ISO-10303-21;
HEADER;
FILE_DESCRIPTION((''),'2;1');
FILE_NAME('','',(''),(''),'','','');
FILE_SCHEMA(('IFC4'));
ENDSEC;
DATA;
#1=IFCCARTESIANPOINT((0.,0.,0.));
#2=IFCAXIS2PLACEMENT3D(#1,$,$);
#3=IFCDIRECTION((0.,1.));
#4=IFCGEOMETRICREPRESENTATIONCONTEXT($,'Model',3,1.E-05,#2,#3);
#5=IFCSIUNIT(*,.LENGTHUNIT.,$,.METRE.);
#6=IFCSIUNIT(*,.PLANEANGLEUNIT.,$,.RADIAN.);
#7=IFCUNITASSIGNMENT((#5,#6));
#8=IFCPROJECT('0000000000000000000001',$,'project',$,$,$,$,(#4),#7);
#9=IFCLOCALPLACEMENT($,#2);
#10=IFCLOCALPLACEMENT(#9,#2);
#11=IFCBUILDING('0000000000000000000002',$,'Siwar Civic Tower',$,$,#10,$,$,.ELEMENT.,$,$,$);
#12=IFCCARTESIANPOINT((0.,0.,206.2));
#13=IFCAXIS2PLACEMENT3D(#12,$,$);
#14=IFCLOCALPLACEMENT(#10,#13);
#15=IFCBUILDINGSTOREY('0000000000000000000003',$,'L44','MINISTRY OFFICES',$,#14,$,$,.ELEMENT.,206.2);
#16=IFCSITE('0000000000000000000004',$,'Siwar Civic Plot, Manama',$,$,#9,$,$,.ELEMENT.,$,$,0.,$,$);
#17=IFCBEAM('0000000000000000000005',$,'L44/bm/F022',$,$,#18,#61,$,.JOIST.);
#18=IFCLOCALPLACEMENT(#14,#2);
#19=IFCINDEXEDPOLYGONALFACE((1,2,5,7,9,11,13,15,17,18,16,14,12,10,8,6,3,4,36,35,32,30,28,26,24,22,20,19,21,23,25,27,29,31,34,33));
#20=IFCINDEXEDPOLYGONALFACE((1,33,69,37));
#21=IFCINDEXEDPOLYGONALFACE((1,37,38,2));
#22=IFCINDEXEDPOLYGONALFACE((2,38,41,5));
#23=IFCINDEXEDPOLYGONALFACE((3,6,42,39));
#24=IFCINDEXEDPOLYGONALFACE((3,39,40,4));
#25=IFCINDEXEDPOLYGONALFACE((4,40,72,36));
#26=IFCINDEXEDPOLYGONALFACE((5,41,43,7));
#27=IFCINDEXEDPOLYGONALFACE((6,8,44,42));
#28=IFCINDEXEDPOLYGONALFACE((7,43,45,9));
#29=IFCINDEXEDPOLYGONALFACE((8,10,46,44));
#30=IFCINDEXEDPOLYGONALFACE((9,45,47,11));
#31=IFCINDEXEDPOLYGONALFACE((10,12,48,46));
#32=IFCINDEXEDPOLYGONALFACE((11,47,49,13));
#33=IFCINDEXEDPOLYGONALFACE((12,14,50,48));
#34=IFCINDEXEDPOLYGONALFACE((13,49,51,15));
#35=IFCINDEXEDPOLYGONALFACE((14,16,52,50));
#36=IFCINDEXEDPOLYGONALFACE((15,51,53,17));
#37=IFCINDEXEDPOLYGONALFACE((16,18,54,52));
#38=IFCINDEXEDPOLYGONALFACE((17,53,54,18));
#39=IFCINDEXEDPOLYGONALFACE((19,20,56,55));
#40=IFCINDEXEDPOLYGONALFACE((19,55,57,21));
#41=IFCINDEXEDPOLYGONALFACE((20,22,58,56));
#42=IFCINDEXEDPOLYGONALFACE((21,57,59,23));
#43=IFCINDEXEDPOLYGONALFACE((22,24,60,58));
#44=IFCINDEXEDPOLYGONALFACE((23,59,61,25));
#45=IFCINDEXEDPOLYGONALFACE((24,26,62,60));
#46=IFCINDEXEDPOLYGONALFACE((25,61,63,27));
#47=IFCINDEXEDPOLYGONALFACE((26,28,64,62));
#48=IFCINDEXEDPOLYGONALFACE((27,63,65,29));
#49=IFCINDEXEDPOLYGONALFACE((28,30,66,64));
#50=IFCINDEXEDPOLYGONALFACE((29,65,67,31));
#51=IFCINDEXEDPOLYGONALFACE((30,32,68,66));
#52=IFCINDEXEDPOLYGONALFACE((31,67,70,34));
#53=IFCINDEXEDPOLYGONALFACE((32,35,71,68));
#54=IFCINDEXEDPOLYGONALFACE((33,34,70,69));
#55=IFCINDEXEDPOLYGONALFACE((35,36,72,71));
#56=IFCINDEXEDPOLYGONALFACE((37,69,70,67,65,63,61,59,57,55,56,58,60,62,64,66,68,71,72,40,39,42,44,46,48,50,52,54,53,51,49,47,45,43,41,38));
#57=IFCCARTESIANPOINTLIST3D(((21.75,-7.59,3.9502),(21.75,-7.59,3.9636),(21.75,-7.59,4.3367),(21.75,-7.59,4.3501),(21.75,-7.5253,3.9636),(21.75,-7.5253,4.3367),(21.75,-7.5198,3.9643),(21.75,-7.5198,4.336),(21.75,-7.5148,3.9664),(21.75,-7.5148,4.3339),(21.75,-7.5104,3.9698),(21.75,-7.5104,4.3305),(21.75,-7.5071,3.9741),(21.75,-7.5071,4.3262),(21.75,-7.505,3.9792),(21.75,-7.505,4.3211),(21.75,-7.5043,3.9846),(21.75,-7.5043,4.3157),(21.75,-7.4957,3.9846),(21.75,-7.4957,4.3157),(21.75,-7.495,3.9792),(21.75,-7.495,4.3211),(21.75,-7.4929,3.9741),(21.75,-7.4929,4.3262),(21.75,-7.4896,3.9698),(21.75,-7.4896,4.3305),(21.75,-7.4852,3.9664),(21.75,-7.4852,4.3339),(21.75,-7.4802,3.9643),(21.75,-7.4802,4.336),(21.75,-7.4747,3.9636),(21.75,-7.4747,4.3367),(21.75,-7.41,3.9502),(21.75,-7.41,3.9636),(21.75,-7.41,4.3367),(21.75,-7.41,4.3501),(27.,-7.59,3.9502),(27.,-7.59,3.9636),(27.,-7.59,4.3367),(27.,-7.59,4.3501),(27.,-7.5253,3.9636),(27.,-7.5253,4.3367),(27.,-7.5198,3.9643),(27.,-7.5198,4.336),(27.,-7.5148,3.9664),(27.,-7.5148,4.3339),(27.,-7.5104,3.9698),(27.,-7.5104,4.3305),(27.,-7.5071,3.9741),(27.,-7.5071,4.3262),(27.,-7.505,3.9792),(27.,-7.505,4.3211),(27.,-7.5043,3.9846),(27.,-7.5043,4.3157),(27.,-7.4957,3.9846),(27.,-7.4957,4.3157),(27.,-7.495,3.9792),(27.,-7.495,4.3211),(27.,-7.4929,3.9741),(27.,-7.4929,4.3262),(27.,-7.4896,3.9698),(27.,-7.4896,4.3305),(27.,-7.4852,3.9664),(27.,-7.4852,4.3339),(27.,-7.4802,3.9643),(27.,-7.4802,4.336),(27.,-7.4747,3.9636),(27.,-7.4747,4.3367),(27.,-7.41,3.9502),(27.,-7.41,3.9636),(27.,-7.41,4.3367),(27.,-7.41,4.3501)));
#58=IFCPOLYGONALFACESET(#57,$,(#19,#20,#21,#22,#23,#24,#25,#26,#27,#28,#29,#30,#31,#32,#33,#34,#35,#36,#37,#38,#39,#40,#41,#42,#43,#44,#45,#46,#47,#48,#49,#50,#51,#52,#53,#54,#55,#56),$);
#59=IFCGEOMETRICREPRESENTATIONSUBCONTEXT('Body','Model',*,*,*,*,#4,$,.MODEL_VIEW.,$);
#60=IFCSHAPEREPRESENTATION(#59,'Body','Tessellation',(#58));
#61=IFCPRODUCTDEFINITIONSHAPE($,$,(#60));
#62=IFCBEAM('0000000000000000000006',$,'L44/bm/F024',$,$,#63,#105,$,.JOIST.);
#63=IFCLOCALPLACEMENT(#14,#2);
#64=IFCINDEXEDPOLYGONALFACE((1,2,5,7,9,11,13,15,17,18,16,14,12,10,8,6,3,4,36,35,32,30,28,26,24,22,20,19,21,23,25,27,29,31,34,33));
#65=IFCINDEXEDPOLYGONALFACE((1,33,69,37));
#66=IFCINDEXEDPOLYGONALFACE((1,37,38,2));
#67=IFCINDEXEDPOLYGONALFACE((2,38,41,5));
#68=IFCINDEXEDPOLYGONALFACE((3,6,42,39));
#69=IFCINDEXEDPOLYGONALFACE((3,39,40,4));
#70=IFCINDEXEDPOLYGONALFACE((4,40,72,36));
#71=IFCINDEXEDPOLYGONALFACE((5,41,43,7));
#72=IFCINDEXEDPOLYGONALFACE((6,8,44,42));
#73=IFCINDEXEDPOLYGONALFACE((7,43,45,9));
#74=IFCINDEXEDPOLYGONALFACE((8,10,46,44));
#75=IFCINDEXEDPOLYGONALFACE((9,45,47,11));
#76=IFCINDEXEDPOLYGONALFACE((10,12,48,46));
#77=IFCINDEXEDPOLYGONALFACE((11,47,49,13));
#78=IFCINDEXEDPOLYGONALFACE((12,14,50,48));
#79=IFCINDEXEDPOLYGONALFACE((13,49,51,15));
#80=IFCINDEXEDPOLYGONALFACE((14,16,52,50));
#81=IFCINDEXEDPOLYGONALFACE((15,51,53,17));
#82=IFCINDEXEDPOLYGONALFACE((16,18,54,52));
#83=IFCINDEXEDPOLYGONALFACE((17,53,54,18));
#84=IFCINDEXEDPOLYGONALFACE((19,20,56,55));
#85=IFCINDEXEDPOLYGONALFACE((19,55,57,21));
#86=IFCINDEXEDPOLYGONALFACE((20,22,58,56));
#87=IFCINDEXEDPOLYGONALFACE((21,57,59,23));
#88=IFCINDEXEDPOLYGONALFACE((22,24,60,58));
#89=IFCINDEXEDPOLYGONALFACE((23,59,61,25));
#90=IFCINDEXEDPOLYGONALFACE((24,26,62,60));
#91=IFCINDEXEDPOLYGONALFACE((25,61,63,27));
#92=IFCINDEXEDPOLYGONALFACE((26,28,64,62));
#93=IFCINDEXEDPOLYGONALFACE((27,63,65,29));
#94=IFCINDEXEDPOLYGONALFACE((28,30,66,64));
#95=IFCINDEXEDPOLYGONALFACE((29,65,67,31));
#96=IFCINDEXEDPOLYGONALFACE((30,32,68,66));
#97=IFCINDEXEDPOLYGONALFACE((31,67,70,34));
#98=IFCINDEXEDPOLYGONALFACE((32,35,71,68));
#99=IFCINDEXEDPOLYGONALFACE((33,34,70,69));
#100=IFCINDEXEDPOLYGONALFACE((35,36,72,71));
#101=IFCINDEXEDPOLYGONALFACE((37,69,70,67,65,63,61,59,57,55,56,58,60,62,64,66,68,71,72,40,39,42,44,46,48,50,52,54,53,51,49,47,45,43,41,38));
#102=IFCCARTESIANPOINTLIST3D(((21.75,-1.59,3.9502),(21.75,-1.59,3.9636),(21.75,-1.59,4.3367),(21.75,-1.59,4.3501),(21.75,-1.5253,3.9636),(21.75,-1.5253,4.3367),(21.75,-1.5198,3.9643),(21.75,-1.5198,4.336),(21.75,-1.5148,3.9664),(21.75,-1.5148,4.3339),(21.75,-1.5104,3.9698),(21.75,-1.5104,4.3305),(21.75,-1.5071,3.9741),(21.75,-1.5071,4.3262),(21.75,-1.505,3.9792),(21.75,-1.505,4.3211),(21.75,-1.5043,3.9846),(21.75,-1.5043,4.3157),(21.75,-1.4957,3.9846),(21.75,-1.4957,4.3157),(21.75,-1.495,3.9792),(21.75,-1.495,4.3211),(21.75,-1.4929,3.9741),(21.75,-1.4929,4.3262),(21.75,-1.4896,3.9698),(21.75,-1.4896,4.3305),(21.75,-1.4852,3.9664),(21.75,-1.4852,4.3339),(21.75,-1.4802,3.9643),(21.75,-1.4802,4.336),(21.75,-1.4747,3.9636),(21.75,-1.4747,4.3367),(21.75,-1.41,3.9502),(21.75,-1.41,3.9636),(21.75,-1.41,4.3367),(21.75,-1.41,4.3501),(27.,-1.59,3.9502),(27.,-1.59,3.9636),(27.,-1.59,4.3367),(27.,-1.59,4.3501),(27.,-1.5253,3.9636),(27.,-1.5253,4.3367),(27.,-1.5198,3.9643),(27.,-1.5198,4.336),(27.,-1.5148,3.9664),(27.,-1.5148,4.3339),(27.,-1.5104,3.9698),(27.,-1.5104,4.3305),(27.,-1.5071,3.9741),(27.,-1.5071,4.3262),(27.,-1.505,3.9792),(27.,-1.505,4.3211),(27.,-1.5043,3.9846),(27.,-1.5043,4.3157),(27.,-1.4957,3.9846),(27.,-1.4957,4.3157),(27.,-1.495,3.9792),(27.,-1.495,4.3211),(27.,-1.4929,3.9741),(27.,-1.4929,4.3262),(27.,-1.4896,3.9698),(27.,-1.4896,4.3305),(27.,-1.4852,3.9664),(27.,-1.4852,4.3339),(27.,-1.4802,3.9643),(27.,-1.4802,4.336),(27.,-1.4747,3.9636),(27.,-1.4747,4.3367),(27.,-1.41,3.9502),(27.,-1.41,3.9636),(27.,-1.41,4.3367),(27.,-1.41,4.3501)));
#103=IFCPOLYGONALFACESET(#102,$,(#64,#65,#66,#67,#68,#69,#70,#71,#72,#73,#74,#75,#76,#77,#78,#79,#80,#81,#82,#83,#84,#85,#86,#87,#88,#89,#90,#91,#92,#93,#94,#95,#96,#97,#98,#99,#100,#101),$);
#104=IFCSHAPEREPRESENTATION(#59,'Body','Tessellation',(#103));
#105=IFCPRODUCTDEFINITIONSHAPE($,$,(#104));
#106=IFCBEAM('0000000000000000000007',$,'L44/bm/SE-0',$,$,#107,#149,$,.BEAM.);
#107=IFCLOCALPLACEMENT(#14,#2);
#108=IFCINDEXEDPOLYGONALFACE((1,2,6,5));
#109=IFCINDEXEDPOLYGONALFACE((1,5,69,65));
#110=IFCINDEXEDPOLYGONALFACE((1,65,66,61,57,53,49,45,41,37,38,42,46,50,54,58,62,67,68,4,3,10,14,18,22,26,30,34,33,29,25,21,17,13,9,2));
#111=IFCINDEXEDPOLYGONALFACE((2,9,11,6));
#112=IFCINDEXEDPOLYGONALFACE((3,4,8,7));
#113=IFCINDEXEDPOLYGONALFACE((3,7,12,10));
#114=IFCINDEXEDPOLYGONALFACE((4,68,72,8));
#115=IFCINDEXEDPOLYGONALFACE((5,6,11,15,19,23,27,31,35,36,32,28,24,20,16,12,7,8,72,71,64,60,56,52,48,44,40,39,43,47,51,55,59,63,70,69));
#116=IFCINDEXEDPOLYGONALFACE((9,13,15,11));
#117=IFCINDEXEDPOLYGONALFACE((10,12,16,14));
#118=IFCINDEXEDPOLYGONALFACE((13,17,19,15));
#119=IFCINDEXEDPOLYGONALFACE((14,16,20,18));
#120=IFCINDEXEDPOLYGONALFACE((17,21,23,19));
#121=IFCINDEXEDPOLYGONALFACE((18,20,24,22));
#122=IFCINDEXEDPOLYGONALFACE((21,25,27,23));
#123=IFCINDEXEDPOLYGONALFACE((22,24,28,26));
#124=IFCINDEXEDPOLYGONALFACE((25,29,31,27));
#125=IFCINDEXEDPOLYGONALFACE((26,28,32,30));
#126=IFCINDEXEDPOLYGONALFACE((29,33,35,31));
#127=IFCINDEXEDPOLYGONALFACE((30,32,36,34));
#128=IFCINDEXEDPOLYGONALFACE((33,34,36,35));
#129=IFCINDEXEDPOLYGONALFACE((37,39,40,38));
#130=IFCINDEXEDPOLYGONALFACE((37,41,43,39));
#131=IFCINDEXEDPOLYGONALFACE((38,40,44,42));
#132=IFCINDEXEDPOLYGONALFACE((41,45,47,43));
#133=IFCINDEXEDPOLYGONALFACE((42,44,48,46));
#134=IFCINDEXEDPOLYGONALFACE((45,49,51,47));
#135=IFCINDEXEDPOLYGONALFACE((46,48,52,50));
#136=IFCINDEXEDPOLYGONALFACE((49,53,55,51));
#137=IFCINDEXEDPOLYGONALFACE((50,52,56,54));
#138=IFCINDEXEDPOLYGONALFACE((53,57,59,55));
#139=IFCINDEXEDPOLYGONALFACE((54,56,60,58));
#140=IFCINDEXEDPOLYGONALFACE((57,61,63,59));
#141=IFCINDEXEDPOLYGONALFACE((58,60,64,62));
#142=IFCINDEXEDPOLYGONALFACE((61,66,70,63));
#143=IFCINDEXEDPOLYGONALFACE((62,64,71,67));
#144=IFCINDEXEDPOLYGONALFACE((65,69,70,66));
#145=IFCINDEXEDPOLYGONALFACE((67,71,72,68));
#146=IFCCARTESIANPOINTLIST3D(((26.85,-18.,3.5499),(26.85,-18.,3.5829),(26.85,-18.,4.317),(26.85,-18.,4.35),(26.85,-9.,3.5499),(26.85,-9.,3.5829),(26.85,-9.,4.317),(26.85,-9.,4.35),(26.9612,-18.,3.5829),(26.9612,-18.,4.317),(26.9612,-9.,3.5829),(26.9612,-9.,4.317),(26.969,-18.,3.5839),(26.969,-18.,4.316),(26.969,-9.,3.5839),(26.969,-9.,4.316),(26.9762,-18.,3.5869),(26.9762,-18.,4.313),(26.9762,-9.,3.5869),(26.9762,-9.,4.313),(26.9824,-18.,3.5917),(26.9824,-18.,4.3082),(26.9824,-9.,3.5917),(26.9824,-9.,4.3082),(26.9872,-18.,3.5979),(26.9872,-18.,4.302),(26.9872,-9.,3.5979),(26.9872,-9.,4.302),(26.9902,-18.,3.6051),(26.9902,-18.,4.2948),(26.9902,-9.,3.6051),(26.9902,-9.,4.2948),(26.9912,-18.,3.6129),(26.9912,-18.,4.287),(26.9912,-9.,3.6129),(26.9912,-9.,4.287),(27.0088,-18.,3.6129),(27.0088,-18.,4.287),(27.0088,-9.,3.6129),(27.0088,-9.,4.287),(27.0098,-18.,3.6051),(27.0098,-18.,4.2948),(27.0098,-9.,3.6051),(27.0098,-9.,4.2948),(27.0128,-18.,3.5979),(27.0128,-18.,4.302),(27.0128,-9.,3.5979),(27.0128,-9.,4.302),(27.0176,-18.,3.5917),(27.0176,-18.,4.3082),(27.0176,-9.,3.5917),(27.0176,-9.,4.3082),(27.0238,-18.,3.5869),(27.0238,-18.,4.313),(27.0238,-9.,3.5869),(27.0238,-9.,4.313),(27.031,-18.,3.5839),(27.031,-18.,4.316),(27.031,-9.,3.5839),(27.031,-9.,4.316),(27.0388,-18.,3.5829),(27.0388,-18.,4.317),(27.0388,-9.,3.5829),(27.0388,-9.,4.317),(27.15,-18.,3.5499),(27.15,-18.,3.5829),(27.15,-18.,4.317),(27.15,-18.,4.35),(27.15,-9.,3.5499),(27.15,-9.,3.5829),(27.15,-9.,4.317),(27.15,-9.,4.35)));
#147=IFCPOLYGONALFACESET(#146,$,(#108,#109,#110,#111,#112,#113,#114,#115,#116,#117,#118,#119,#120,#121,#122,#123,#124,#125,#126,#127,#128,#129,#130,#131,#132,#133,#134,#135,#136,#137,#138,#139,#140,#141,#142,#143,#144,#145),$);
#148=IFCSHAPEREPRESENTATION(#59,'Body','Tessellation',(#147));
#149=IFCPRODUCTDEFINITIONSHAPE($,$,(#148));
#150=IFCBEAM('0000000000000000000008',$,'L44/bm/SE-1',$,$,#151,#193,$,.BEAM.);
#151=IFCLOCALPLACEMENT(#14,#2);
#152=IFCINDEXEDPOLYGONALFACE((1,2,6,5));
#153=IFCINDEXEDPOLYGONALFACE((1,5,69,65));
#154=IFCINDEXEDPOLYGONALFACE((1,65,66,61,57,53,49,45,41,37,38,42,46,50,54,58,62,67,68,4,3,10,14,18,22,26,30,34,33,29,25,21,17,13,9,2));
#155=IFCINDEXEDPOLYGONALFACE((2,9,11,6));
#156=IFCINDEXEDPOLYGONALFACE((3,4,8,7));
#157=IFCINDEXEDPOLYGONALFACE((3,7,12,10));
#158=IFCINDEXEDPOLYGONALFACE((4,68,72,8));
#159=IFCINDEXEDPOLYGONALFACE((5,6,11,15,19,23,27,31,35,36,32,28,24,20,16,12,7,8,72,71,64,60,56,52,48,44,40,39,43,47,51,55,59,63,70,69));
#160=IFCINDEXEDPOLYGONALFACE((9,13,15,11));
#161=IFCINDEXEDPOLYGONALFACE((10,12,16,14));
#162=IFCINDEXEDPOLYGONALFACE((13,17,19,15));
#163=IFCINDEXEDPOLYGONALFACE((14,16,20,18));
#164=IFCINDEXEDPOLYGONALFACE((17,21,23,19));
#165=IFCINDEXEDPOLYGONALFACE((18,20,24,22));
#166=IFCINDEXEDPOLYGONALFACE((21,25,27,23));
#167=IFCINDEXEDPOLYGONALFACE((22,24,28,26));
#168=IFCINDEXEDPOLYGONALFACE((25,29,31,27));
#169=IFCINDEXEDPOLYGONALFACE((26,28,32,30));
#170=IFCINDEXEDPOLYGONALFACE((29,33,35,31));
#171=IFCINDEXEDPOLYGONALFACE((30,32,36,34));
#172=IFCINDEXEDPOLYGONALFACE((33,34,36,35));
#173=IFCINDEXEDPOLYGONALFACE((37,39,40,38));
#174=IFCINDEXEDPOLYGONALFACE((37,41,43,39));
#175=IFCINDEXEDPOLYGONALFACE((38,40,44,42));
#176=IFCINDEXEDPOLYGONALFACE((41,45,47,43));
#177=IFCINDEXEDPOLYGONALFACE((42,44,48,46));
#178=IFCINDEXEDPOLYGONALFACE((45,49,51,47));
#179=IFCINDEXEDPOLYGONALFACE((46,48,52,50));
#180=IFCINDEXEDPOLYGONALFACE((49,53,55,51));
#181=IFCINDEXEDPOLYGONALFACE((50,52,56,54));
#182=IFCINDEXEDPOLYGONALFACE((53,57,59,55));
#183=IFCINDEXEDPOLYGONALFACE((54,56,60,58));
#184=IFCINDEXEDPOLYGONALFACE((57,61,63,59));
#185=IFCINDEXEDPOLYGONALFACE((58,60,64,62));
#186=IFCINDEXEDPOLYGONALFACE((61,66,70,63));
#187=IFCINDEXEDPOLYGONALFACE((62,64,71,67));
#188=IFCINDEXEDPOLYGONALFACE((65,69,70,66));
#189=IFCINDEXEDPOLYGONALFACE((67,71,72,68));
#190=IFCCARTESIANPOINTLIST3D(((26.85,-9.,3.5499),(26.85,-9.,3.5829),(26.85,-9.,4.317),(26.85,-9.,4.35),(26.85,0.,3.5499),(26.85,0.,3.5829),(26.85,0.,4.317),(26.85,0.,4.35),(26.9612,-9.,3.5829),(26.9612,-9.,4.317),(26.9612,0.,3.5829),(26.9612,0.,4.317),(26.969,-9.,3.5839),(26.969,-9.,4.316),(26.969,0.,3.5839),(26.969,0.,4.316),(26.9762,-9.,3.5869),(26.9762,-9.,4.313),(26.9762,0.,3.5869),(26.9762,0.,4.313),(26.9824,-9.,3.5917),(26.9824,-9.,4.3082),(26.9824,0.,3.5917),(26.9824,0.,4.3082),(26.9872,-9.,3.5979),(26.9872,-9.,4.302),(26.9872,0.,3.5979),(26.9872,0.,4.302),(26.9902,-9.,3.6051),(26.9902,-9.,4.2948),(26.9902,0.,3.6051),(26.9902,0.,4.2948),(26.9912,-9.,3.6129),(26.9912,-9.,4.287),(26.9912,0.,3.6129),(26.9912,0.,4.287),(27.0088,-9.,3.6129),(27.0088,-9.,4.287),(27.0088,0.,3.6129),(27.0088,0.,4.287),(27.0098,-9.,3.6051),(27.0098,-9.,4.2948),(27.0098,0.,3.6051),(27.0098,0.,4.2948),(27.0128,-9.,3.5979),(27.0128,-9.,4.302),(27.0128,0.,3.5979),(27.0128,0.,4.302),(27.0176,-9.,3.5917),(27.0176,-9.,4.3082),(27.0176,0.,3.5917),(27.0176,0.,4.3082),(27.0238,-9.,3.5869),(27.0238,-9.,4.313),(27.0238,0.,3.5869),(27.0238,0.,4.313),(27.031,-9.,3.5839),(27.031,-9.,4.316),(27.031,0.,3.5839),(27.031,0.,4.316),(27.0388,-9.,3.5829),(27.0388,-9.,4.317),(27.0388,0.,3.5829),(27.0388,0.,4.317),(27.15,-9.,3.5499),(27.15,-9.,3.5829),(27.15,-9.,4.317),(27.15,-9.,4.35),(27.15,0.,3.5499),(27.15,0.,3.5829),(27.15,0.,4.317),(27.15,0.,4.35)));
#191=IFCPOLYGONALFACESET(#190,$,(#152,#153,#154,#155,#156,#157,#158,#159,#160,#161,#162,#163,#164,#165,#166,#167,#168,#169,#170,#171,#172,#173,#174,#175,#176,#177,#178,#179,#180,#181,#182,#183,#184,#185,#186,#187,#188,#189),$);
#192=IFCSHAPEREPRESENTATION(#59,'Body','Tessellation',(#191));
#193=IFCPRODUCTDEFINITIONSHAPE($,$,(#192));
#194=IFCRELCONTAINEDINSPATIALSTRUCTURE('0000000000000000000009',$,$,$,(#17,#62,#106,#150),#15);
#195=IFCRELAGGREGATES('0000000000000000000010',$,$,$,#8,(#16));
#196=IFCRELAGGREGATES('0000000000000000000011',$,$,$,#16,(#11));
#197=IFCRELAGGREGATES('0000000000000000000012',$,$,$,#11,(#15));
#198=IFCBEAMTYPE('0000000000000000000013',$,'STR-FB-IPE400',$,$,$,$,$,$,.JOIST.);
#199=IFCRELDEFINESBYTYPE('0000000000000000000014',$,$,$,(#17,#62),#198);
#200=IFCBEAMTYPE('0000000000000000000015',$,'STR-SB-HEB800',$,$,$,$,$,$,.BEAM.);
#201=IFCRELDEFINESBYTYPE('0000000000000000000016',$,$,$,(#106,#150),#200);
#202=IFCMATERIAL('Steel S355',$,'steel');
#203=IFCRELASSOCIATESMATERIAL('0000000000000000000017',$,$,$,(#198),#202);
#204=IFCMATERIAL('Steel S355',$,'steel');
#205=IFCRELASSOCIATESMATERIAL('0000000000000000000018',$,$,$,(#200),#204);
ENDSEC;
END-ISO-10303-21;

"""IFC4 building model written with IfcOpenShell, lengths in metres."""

from ifc_helpers import new_model, si_unit, direction, frame, origin, origin_2d, place, context, subcontext, project, spatial, i_section, extrude, material, material_profile, profile_set, type_object, element, save


model = new_model("IFC4")

# Units and contexts
model_context = context("Model", 3, precision=1e-05, world=origin(), true_north=direction((0.0, 1.0)))
body_context = subcontext(model_context, "Body", "Model", "MODEL_VIEW")
ifc_project = project(units=[si_unit("LENGTHUNIT", "METRE"), si_unit("PLANEANGLEUNIT", "RADIAN")], contexts=[model_context])

# Site, building, storey
site_placement = place(None, origin())
site = spatial("IfcSite", under=ifc_project, at=site_placement, Name="Siwar Civic Plot, Manama", CompositionType="ELEMENT", RefElevation=0.0)
building_placement = place(site_placement, origin())
building = spatial("IfcBuilding", under=site, at=building_placement, Name="Siwar Civic Tower", CompositionType="ELEMENT")
storey_placement = place(building_placement, frame((0.0, 0.0, 206.2)))
storey = spatial("IfcBuildingStorey", under=building, at=storey_placement, Name="L44", Description="MINISTRY OFFICES", CompositionType="ELEMENT", Elevation=206.2)

# Beams
ifc_material_1 = material(Name="Steel S355", Category="steel")
ifc_material_profile_1 = material_profile(ifc_material_1, i_section(OverallWidth=0.1799, OverallDepth=0.3999, WebThickness=0.0085, FlangeThickness=0.0134, FilletRadius=0.021, at=origin_2d()), Name="IPE400")
ifc_profile_set_1 = profile_set([ifc_material_profile_1], Name="Steel S355")
beam_type_1 = type_object("IfcBeamType", Name="STR-FB-IPE400", PredefinedType="JOIST", material=ifc_profile_set_1)
for number, where, z_axis, x_axis, name in (
    (1, (21.75, -7.5, 4.1501), (1.0, 0.0, 0.0), (0.0, 1.0, 0.0), "L44/bm/F022"),
    (2, (21.75, -1.5, 4.1501), (1.0, 0.0, 0.0), (0.0, 1.0, 0.0), "L44/bm/F024"),
):
    element("IfcBeam", number, at=place(storey_placement, frame(where, z_axis=z_axis, x_axis=x_axis)), inside=storey, type_object=beam_type_1, Name=name, PredefinedType="JOIST", context=body_context, shape_type="SweptSolid", body=[
        extrude(i_section(OverallWidth=0.1799, OverallDepth=0.3999, WebThickness=0.0085, FlangeThickness=0.0134, FilletRadius=0.021, at=origin_2d()), origin(), (0.0, 0.0, 1.0), 5.25),
    ])
ifc_material_2 = material(Name="Steel S355", Category="steel")
ifc_material_profile_2 = material_profile(ifc_material_2, i_section(OverallWidth=0.3, OverallDepth=0.8, WebThickness=0.0176, FlangeThickness=0.033, FilletRadius=0.03, at=origin_2d()), Name="HEB800")
ifc_profile_set_2 = profile_set([ifc_material_profile_2], Name="Steel S355")
beam_type_2 = type_object("IfcBeamType", Name="STR-SB-HEB800", PredefinedType="BEAM", material=ifc_profile_set_2)
for number, where, z_axis, x_axis, name in (
    (3, (27.0, -18.0, 3.95), (0.0, 1.0, 0.0), (-1.0, 0.0, 0.0), "L44/bm/SE-0"),
    (4, (27.0, -9.0, 3.95), (0.0, 1.0, 0.0), (-1.0, 0.0, 0.0), "L44/bm/SE-1"),
):
    element("IfcBeam", number, at=place(storey_placement, frame(where, z_axis=z_axis, x_axis=x_axis)), inside=storey, type_object=beam_type_2, Name=name, PredefinedType="BEAM", context=body_context, shape_type="SweptSolid", body=[
        extrude(i_section(OverallWidth=0.3, OverallDepth=0.8, WebThickness=0.0176, FlangeThickness=0.033, FilletRadius=0.03, at=origin_2d()), origin(), (0.0, 0.0, 1.0), 9.0),
    ])

save(model, "model.ifc")
